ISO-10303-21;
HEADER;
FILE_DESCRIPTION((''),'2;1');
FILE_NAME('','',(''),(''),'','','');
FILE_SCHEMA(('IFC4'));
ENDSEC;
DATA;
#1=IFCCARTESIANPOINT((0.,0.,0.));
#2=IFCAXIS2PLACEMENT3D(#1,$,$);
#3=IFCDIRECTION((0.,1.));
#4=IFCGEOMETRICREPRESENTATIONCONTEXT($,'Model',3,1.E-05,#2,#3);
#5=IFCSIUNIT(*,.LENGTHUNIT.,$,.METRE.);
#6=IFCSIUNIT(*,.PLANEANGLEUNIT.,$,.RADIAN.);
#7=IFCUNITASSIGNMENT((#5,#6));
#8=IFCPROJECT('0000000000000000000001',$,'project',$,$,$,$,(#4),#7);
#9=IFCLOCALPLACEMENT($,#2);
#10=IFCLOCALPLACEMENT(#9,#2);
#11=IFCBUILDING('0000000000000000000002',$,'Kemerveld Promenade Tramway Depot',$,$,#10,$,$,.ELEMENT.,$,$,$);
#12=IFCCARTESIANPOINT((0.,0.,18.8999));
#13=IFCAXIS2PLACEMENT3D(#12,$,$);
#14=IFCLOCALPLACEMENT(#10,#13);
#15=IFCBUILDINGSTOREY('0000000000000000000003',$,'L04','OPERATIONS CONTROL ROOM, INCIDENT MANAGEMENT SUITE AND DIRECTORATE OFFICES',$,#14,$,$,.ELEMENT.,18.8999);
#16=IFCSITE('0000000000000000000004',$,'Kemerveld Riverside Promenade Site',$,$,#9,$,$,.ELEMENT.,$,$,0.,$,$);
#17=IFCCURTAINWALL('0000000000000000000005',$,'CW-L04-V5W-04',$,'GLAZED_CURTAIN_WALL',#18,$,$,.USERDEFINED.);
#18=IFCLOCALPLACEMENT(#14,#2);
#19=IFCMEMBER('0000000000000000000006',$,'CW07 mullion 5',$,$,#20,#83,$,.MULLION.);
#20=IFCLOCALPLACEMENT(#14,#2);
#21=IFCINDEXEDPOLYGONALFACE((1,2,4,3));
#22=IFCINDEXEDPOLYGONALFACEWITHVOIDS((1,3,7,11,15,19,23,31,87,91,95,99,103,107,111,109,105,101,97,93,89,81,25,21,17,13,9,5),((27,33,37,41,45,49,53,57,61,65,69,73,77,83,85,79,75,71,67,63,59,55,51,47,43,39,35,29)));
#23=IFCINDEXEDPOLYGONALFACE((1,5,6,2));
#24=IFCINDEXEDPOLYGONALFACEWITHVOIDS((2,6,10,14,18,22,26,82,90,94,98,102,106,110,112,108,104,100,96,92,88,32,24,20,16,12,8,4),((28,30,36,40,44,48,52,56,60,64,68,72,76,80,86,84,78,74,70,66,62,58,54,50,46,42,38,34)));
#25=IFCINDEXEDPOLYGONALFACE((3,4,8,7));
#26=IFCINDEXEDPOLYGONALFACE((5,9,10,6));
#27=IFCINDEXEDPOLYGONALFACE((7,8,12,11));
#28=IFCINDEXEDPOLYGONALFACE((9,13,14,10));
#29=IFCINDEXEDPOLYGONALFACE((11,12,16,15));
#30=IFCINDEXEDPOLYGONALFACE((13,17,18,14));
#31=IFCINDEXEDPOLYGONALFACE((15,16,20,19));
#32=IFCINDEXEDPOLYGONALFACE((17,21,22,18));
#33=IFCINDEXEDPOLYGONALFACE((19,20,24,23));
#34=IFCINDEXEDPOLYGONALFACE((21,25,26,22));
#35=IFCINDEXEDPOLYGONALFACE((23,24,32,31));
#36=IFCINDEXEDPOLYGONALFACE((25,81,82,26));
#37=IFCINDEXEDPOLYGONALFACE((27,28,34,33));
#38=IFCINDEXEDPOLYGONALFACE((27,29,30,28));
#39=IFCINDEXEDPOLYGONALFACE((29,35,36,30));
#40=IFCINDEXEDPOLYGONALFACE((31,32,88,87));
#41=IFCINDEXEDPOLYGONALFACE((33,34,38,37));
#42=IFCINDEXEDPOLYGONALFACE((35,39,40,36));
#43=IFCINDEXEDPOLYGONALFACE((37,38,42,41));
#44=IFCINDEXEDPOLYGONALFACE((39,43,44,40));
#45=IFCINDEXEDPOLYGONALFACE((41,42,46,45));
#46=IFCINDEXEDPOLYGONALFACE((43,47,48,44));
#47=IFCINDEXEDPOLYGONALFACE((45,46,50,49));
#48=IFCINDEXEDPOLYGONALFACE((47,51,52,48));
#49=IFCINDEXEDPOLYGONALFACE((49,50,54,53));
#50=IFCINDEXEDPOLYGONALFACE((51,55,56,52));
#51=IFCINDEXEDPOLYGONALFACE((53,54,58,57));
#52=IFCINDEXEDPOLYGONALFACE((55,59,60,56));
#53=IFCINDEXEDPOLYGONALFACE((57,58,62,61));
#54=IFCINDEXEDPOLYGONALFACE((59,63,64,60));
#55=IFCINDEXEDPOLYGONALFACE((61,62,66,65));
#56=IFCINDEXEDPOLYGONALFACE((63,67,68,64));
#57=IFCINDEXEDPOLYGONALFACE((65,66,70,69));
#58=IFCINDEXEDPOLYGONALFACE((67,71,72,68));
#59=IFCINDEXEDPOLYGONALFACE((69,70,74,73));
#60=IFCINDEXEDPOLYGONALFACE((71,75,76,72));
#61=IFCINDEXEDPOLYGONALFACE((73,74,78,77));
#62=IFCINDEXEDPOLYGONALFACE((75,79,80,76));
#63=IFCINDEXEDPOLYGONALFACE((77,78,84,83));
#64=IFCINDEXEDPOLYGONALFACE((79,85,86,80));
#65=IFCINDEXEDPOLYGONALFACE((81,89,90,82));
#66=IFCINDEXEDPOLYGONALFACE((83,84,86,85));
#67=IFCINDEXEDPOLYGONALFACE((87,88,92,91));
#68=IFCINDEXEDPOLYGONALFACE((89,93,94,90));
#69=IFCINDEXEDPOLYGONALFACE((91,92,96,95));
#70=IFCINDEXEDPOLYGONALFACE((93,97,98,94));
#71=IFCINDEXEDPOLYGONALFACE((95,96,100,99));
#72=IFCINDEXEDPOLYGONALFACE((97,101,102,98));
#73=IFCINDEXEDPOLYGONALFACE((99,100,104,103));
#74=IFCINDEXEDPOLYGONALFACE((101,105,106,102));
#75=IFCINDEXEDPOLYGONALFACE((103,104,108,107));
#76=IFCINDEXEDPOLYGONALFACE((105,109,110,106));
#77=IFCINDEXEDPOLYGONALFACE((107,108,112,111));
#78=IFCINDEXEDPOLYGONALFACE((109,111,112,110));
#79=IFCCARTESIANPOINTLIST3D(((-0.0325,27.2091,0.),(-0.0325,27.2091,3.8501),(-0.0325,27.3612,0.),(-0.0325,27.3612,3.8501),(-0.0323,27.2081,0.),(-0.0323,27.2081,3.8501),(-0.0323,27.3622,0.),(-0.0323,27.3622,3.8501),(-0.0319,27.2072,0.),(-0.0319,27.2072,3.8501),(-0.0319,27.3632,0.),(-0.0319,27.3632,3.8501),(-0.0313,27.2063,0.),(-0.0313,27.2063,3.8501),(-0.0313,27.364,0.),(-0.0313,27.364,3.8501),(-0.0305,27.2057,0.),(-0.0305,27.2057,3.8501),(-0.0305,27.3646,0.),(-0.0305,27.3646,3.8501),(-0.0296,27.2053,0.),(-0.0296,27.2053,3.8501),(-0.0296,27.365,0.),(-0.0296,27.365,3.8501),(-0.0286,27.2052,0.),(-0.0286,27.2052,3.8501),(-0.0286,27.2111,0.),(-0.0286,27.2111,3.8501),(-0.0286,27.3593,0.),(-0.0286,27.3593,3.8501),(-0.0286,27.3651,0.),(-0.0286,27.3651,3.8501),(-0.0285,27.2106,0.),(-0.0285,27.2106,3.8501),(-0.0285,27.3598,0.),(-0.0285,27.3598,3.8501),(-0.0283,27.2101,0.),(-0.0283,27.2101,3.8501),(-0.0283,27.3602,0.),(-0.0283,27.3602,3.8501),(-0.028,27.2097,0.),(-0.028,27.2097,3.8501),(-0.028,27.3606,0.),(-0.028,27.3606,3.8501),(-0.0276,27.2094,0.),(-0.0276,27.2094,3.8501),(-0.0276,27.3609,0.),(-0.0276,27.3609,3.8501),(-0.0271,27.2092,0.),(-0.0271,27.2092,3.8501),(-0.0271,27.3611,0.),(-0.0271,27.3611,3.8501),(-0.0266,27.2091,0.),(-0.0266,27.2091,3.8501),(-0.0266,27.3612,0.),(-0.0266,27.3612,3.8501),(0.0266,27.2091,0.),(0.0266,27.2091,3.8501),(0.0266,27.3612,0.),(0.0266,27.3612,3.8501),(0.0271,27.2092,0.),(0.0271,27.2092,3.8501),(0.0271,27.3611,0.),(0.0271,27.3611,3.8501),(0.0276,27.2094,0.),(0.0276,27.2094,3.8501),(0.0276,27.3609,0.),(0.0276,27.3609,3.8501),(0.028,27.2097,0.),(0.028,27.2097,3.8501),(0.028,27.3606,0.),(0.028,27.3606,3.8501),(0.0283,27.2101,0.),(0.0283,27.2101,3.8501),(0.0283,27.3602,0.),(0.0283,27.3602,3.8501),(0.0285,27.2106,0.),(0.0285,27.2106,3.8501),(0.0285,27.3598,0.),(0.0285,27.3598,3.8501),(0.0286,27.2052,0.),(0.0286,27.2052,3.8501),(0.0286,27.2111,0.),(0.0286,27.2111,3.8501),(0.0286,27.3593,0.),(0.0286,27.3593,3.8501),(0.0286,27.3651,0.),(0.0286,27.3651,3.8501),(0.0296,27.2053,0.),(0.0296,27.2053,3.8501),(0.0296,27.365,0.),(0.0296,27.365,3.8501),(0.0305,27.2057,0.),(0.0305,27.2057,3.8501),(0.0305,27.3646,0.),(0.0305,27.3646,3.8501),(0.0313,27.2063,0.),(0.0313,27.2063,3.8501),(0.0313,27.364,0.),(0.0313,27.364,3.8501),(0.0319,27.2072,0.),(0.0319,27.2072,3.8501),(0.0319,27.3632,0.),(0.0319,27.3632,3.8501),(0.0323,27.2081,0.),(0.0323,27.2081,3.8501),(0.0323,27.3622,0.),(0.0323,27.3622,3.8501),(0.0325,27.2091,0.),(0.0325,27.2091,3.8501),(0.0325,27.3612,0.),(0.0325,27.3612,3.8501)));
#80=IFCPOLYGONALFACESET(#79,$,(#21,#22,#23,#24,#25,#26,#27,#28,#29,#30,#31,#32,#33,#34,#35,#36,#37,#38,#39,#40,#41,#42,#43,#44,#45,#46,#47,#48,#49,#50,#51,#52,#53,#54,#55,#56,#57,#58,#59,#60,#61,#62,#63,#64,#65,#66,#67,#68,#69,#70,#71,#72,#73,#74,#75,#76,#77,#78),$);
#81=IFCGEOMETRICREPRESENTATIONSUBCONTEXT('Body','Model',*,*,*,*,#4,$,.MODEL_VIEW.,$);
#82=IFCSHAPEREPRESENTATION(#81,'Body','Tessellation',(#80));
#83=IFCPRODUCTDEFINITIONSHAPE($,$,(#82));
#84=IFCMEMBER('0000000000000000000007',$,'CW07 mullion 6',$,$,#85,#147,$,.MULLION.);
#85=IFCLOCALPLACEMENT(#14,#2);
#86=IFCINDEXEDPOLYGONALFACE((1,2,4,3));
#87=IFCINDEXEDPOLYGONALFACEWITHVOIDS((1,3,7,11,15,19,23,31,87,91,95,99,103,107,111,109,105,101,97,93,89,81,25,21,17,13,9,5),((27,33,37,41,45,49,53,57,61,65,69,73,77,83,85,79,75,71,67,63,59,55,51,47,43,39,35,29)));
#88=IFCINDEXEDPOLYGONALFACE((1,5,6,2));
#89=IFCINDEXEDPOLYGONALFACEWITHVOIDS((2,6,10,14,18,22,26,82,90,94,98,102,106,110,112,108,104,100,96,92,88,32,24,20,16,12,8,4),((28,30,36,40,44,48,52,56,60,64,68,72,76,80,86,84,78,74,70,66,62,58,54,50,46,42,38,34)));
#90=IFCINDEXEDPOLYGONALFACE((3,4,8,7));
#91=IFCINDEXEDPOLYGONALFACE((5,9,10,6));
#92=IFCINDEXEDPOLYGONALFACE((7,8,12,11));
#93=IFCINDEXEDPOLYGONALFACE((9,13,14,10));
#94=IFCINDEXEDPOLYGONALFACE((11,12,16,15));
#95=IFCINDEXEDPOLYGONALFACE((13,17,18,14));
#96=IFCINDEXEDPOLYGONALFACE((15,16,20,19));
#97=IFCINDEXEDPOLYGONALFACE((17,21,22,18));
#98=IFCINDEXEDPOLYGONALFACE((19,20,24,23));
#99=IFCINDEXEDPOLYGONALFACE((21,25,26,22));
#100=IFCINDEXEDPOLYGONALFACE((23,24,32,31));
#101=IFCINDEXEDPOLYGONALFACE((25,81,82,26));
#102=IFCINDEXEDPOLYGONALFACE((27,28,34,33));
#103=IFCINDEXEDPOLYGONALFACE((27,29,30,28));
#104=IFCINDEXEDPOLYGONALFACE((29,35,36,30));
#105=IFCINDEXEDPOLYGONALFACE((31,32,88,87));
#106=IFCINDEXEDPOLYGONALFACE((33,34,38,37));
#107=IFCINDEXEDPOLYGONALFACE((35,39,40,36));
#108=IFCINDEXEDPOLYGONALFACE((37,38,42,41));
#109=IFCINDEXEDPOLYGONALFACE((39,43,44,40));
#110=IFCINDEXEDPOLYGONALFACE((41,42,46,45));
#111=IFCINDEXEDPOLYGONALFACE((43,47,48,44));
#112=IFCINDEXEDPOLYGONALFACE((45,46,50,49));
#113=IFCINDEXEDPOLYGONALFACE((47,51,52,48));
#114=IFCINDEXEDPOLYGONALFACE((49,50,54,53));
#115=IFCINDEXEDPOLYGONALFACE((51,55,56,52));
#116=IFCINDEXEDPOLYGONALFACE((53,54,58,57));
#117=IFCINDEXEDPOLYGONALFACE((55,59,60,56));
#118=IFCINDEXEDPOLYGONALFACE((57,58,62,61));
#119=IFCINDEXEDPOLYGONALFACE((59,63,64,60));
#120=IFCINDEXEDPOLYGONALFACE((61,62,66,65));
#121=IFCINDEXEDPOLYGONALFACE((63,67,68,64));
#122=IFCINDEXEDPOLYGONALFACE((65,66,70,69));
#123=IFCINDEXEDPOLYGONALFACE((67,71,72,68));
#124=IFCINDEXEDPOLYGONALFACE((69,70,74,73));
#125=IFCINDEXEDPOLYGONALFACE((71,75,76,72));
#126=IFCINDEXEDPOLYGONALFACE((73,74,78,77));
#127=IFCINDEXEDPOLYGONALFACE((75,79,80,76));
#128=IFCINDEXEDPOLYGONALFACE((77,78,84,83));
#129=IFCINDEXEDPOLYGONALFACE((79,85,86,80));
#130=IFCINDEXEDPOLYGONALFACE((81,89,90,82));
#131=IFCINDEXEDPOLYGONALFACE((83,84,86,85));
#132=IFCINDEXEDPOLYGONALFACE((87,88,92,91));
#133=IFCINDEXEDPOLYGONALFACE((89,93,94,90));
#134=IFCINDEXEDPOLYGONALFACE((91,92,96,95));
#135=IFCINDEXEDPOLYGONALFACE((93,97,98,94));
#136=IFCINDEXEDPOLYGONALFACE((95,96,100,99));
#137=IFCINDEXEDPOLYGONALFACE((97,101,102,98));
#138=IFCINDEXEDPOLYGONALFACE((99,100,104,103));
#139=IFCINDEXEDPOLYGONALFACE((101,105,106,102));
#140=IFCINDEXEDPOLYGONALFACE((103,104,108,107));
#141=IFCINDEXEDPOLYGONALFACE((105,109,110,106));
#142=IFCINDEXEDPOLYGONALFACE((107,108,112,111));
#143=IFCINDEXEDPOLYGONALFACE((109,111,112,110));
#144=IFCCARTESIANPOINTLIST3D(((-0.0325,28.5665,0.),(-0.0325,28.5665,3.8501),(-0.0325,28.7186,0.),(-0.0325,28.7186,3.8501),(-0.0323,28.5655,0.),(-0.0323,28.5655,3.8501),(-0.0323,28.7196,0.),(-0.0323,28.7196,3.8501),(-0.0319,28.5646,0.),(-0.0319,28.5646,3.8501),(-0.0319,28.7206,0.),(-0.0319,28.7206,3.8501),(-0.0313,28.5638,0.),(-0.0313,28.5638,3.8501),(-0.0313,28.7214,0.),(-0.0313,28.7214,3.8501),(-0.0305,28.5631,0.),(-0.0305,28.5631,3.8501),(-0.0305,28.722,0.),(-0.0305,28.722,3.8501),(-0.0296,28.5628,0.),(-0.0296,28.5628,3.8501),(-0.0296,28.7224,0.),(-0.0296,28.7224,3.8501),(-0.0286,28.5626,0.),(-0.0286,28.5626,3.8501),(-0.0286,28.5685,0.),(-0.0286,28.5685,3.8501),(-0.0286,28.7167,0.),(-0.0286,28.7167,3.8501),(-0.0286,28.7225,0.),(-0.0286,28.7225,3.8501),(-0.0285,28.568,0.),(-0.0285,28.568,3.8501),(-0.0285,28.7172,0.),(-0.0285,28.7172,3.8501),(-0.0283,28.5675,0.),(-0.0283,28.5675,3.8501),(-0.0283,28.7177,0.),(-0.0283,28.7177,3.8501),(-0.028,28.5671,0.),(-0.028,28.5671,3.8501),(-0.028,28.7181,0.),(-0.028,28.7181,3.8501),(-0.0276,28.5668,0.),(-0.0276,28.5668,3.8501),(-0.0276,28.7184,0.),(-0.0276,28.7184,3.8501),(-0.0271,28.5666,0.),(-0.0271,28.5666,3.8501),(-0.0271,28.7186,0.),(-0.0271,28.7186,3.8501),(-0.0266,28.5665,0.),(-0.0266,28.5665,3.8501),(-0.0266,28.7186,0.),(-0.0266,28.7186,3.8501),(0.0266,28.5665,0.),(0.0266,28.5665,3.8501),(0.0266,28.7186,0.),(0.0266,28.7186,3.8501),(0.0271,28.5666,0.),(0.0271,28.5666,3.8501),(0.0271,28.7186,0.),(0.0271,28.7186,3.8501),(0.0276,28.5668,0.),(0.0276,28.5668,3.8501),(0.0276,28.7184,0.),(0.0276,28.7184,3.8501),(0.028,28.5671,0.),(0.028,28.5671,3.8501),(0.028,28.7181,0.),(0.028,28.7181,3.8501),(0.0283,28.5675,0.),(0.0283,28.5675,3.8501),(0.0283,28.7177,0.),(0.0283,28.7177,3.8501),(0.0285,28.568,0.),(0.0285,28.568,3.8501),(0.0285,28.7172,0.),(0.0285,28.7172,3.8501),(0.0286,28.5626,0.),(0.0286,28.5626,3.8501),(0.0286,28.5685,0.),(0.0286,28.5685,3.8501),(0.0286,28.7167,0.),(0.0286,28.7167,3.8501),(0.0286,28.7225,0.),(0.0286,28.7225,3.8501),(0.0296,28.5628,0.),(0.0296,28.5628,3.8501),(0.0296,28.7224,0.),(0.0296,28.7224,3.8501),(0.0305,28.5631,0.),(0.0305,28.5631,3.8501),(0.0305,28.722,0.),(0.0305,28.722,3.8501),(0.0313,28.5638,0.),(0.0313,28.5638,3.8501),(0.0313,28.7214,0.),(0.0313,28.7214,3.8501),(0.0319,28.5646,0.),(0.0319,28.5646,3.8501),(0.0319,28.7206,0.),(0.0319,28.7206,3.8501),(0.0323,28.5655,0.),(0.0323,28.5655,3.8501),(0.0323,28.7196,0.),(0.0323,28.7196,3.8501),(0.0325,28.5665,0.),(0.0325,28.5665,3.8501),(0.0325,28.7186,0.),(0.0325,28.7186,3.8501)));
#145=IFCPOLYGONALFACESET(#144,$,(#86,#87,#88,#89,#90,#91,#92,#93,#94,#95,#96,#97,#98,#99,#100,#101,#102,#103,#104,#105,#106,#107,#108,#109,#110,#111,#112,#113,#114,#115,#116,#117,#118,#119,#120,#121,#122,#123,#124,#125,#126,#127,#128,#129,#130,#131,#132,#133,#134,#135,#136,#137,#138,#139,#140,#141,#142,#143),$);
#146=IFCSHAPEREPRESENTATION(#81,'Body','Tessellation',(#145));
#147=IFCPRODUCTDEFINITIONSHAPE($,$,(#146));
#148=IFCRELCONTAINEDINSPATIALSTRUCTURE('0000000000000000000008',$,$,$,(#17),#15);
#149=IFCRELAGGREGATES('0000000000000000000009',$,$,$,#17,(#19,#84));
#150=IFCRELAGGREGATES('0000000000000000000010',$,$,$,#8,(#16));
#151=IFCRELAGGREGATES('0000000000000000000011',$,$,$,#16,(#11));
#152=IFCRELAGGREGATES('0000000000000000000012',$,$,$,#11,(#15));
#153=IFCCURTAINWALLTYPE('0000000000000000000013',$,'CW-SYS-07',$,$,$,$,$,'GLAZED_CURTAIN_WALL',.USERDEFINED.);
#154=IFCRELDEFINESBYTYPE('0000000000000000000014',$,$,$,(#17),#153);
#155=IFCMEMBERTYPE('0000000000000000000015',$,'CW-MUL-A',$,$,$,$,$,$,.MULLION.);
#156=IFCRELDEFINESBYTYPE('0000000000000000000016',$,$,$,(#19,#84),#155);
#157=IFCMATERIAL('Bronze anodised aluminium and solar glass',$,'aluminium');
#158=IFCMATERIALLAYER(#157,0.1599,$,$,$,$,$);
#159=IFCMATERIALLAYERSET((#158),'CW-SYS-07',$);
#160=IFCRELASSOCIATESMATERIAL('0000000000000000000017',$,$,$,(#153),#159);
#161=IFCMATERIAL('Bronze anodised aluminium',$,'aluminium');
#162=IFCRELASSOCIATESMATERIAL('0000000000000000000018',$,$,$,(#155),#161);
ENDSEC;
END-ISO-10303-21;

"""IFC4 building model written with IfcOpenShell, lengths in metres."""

from ifc_helpers import new_model, si_unit, direction, frame, origin, origin_2d, place, context, subcontext, project, spatial, hollow_rectangle, extrude, material, layer, layer_set, material_profile, profile_set, type_object, element, aggregate, save


model = new_model("IFC4")

# Units and contexts
model_context = context("Model", 3, precision=1e-05, world=origin(), true_north=direction((0.0, 1.0)))
body_context = subcontext(model_context, "Body", "Model", "MODEL_VIEW")
ifc_project = project(units=[si_unit("LENGTHUNIT", "METRE"), si_unit("PLANEANGLEUNIT", "RADIAN")], contexts=[model_context])

# Site, building, storey
site_placement = place(None, origin())
site = spatial("IfcSite", under=ifc_project, at=site_placement, Name="Kemerveld Riverside Promenade Site", CompositionType="ELEMENT", RefElevation=0.0)
building_placement = place(site_placement, origin())
building = spatial("IfcBuilding", under=site, at=building_placement, Name="Kemerveld Promenade Tramway Depot", CompositionType="ELEMENT")
storey_placement = place(building_placement, frame((0.0, 0.0, 18.8999)))
storey = spatial("IfcBuildingStorey", under=building, at=storey_placement, Name="L04", Description="OPERATIONS CONTROL ROOM, INCIDENT MANAGEMENT SUITE AND DIRECTORATE OFFICES", CompositionType="ELEMENT", Elevation=18.8999)

# Curtain wall, members
ifc_material_1 = material(Name="Bronze anodised aluminium and solar glass", Category="aluminium")
ifc_layer_1 = layer(ifc_material_1, 0.1599)
ifc_layer_set_1 = layer_set([ifc_layer_1], Name="CW-SYS-07")
curtain_wall_type = type_object("IfcCurtainWallType", Name="CW-SYS-07", ElementType="GLAZED_CURTAIN_WALL", PredefinedType="USERDEFINED", material=ifc_layer_set_1)
curtain_wall_placement = place(storey_placement, origin())
curtain_wall = element("IfcCurtainWall", 1, at=curtain_wall_placement, inside=storey, type_object=curtain_wall_type, Name="CW-L04-V5W-04", ObjectType="GLAZED_CURTAIN_WALL", PredefinedType="USERDEFINED")
ifc_material_2 = material(Name="Bronze anodised aluminium", Category="aluminium")
ifc_material_profile_1 = material_profile(ifc_material_2, hollow_rectangle(XDim=0.0649, YDim=0.1599, WallThickness=0.0039, InnerFilletRadius=0.002, OuterFilletRadius=0.0039, at=origin_2d()), Name="CW-MUL-160x65")
ifc_profile_set_1 = profile_set([ifc_material_profile_1], Name="Bronze anodised aluminium")
member_type_1 = type_object("IfcMemberType", Name="CW-MUL-A", PredefinedType="MULLION", material=ifc_profile_set_1)
member_1_placement = place(storey_placement, frame((0.0, 27.2852, 0.0), z_axis=(0.0, 0.0, 1.0), x_axis=(-1.0, 0.0, 0.0)))
member_1 = element("IfcMember", 2, at=member_1_placement, type_object=member_type_1, Name="CW07 mullion 5", PredefinedType="MULLION", context=body_context, shape_type="SweptSolid", body=[
    extrude(hollow_rectangle(XDim=0.0649, YDim=0.1599, WallThickness=0.0039, InnerFilletRadius=0.002, OuterFilletRadius=0.0039, at=origin_2d()), origin(), (0.0, 0.0, 1.0), 3.8501),
])
member_2_placement = place(storey_placement, frame((0.0, 28.6426, 0.0), z_axis=(0.0, 0.0, 1.0), x_axis=(-1.0, 0.0, 0.0)))
member_2 = element("IfcMember", 3, at=member_2_placement, type_object=member_type_1, Name="CW07 mullion 6", PredefinedType="MULLION", context=body_context, shape_type="SweptSolid", body=[
    extrude(hollow_rectangle(XDim=0.0649, YDim=0.1599, WallThickness=0.0039, InnerFilletRadius=0.002, OuterFilletRadius=0.0039, at=origin_2d()), origin(), (0.0, 0.0, 1.0), 3.8501),
])

aggregate(curtain_wall, [member_1, member_2])

save(model, "model.ifc")
